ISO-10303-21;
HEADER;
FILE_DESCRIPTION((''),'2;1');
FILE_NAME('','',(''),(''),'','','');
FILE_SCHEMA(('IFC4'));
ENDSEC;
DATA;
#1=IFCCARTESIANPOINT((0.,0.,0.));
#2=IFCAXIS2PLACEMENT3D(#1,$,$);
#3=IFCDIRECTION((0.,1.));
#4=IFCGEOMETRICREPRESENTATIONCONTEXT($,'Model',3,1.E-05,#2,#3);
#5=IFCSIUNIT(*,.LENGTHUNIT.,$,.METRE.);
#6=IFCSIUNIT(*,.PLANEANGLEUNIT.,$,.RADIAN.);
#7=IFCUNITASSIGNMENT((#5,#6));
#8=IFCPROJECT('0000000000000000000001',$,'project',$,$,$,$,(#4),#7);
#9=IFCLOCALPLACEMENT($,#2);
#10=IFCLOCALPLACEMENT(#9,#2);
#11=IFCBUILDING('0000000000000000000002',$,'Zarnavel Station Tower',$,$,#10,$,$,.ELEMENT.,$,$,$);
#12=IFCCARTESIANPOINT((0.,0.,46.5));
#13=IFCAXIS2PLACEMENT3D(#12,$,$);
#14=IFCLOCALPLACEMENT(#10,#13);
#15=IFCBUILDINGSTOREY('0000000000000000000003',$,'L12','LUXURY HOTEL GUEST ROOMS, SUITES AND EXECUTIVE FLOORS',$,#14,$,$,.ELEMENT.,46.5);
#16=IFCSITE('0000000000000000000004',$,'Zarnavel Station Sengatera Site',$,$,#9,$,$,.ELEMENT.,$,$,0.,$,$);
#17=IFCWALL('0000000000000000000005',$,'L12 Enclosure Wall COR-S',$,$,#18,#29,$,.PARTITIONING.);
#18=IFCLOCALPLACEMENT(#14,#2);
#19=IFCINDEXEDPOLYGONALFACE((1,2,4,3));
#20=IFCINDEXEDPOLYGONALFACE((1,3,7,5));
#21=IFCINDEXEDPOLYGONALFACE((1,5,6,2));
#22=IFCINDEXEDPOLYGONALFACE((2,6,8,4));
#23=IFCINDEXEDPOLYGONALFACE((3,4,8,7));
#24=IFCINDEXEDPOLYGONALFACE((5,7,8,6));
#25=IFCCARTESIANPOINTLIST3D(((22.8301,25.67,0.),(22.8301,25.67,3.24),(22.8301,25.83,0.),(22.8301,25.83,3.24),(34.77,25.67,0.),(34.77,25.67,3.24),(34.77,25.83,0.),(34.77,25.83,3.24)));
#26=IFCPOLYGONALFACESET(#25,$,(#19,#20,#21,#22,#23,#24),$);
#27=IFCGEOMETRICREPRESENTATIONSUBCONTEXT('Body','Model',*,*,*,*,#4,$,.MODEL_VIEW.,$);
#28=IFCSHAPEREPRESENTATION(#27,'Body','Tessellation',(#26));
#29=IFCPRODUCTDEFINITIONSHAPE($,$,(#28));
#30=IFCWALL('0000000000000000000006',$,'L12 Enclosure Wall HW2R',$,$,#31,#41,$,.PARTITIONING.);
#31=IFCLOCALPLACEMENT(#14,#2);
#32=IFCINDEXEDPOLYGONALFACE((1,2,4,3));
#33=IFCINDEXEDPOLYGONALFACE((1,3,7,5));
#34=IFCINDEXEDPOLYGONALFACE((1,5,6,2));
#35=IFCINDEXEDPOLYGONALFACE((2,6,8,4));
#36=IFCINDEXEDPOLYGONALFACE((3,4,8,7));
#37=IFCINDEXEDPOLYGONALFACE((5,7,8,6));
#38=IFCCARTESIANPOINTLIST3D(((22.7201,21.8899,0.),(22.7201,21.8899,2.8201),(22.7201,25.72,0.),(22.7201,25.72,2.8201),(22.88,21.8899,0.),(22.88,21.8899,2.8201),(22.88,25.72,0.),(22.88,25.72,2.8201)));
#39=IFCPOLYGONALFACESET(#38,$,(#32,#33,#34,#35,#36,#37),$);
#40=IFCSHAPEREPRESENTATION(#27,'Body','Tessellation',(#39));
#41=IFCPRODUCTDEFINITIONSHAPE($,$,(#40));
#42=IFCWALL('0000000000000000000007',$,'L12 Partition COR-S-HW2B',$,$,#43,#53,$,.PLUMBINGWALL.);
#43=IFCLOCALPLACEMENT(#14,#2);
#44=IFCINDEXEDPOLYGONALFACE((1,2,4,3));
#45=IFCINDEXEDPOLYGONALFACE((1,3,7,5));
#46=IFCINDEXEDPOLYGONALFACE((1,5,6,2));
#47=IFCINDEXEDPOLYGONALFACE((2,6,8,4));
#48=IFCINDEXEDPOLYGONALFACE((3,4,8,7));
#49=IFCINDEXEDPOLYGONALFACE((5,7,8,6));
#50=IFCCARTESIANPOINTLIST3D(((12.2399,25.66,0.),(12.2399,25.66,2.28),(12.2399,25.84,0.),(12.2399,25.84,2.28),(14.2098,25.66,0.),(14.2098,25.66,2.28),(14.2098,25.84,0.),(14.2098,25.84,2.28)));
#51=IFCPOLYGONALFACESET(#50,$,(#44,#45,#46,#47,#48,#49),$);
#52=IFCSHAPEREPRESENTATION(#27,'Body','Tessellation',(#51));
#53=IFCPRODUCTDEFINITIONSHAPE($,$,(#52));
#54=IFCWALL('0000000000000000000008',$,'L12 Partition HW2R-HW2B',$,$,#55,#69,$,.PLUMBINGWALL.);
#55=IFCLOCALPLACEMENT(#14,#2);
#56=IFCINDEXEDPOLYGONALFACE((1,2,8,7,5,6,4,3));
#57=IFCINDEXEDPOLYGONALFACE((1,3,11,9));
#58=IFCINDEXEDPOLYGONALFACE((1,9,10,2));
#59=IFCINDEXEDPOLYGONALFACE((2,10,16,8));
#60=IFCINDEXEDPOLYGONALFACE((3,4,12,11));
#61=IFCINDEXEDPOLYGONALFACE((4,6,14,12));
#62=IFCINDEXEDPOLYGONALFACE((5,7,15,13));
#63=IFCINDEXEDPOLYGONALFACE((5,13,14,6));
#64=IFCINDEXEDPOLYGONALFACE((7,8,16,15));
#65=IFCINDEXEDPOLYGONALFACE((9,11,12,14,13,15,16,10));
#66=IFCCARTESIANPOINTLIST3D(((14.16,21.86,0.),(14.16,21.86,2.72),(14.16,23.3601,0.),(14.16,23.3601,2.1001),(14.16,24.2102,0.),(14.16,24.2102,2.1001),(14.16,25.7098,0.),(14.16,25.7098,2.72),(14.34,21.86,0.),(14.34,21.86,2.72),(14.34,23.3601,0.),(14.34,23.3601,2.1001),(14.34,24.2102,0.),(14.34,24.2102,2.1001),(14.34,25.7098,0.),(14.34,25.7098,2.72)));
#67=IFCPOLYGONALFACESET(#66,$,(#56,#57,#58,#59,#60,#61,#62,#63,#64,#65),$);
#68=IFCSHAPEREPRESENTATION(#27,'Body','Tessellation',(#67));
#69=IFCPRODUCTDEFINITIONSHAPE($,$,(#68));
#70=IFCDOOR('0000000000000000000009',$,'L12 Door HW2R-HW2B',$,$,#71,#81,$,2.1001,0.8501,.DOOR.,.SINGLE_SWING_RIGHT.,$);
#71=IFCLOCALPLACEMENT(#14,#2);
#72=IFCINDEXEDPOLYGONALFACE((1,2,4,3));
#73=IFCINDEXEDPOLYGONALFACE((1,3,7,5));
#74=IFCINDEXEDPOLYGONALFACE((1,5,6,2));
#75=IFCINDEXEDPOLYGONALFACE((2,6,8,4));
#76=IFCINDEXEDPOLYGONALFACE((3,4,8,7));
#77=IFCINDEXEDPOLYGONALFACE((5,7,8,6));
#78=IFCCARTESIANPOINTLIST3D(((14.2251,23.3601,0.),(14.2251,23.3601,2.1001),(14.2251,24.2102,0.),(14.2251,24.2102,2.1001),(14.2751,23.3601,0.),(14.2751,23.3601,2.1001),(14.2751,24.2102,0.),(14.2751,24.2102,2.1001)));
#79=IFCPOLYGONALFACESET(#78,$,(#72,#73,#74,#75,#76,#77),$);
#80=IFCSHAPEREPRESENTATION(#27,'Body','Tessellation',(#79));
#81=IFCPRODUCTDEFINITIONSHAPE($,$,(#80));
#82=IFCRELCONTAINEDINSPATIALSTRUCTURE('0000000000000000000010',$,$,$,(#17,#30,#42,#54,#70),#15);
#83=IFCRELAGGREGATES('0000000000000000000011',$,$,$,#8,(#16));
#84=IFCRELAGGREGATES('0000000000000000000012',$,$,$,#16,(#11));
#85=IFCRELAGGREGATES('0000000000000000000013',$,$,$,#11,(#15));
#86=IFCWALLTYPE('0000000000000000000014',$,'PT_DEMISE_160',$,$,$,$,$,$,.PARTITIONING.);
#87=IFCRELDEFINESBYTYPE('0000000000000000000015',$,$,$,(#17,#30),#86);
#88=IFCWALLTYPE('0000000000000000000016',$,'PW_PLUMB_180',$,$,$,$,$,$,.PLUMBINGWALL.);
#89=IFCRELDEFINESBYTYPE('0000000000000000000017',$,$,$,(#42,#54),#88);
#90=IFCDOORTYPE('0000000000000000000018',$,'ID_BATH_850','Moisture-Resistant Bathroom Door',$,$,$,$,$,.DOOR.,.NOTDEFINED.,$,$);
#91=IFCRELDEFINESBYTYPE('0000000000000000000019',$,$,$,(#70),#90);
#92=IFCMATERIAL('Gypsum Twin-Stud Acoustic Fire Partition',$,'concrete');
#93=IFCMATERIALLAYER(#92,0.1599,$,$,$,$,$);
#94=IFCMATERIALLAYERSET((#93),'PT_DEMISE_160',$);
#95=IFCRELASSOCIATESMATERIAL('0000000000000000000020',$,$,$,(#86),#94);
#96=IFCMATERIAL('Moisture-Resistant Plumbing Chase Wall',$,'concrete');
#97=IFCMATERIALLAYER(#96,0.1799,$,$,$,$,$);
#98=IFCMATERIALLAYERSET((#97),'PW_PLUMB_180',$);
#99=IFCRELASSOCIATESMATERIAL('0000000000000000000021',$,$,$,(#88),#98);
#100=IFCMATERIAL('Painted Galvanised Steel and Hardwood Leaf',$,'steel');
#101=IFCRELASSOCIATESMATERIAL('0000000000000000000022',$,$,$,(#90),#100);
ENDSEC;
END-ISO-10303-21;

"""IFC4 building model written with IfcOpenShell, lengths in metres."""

from ifc_helpers import new_model, si_unit, direction, frame, frame_2d, origin, place, context, subcontext, project, spatial, rectangle, extrude, material, layer, layer_set, type_object, element, fill, save


model = new_model("IFC4")

# Units and contexts
model_context = context("Model", 3, precision=1e-05, world=origin(), true_north=direction((0.0, 1.0)))
body_context = subcontext(model_context, "Body", "Model", "MODEL_VIEW")
ifc_project = project(units=[si_unit("LENGTHUNIT", "METRE"), si_unit("PLANEANGLEUNIT", "RADIAN")], contexts=[model_context])

# Site, building, storey
site_placement = place(None, origin())
site = spatial("IfcSite", under=ifc_project, at=site_placement, Name="Zarnavel Station Sengatera Site", CompositionType="ELEMENT", RefElevation=0.0)
building_placement = place(site_placement, origin())
building = spatial("IfcBuilding", under=site, at=building_placement, Name="Zarnavel Station Tower", CompositionType="ELEMENT")
storey_placement = place(building_placement, frame((0.0, 0.0, 46.5)))
storey = spatial("IfcBuildingStorey", under=building, at=storey_placement, Name="L12", Description="LUXURY HOTEL GUEST ROOMS, SUITES AND EXECUTIVE FLOORS", CompositionType="ELEMENT", Elevation=46.5)

# Shared definitions
ifc_material_1 = material(Name="Gypsum Twin-Stud Acoustic Fire Partition", Category="concrete")
ifc_layer_1 = layer(ifc_material_1, 0.1599)
ifc_layer_set_1 = layer_set([ifc_layer_1], Name="PT_DEMISE_160")
wall_type_1 = type_object("IfcWallType", Name="PT_DEMISE_160", PredefinedType="PARTITIONING", material=ifc_layer_set_1)

# Walls
wall_1_placement = place(storey_placement, frame((22.8301, 25.75, 0.0), z_axis=(0.0, 0.0, 1.0), x_axis=(1.0, 0.0, 0.0)))
element("IfcWall", 1, at=wall_1_placement, inside=storey, type_object=wall_type_1, Name="L12 Enclosure Wall COR-S", PredefinedType="PARTITIONING", context=body_context, shape_type="SweptSolid", body=[
    extrude(rectangle(XDim=11.9399, YDim=0.1599, at=frame_2d((5.97, 0.0))), origin(), (0.0, 0.0, 1.0), 3.24),
])
wall_2_placement = place(storey_placement, frame((22.8, 21.8899, 0.0), z_axis=(0.0, 0.0, 1.0), x_axis=(0.0, 1.0, 0.0)))
element("IfcWall", 2, at=wall_2_placement, inside=storey, type_object=wall_type_1, Name="L12 Enclosure Wall HW2R", PredefinedType="PARTITIONING", context=body_context, shape_type="SweptSolid", body=[
    extrude(rectangle(XDim=3.8301, YDim=0.1599, at=frame_2d((1.915, 0.0))), origin(), (0.0, 0.0, 1.0), 2.8201),
])
ifc_material_2 = material(Name="Moisture-Resistant Plumbing Chase Wall", Category="concrete")
ifc_layer_2 = layer(ifc_material_2, 0.1799)
ifc_layer_set_2 = layer_set([ifc_layer_2], Name="PW_PLUMB_180")
wall_type_2 = type_object("IfcWallType", Name="PW_PLUMB_180", PredefinedType="PLUMBINGWALL", material=ifc_layer_set_2)
wall_3_placement = place(storey_placement, frame((12.24, 25.75, 0.0), z_axis=(0.0, 0.0, 1.0), x_axis=(1.0, 0.0, 0.0)))
element("IfcWall", 3, at=wall_3_placement, inside=storey, type_object=wall_type_2, Name="L12 Partition COR-S-HW2B", PredefinedType="PLUMBINGWALL", context=body_context, shape_type="SweptSolid", body=[
    extrude(rectangle(XDim=1.97, YDim=0.1799, at=frame_2d((0.9849, 0.0))), origin(), (0.0, 0.0, 1.0), 2.28),
])

# Wall, opening, door
wall_4_placement = place(storey_placement, frame((14.25, 21.8601, 0.0), z_axis=(0.0, 0.0, 1.0), x_axis=(0.0, 1.0, 0.0)))
wall_4 = element("IfcWall", 4, at=wall_4_placement, inside=storey, type_object=wall_type_2, Name="L12 Partition HW2R-HW2B", PredefinedType="PLUMBINGWALL", context=body_context, shape_type="SweptSolid", body=[
    extrude(rectangle(XDim=3.8499, YDim=0.1799, at=frame_2d((1.9248, 0.0))), origin(), (0.0, 0.0, 1.0), 2.72),
])
opening_1_placement = place(wall_4_placement, frame((1.5, 0.0, 0.0)))
opening_1 = element("IfcOpeningElement", 5, at=opening_1_placement, cuts=wall_4, PredefinedType="OPENING", context=body_context, shape_type="SweptSolid", body=[
    extrude(rectangle(XDim=0.8501, YDim=2.1001, at=frame_2d((0.425, 1.05))), frame((0.0, 0.0999, 0.0), z_axis=(0.0, -1.0, 0.0), x_axis=(1.0, 0.0, 0.0)), (0.0, 0.0, 1.0), 0.2),
])
ifc_material_3 = material(Name="Painted Galvanised Steel and Hardwood Leaf", Category="steel")
door_type_1 = type_object("IfcDoorType", Name="ID_BATH_850", Description="Moisture-Resistant Bathroom Door", OperationType="NOTDEFINED", PredefinedType="DOOR", material=ifc_material_3)
door_1_placement = place(opening_1_placement, origin())
door_1 = element("IfcDoor", 6, at=door_1_placement, inside=storey, type_object=door_type_1, Name="L12 Door HW2R-HW2B", OperationType="SINGLE_SWING_RIGHT", OverallHeight=2.1001, OverallWidth=0.8501, PredefinedType="DOOR", context=body_context, shape_type="SweptSolid", body=[
    extrude(rectangle(XDim=0.8501, YDim=2.1001, at=frame_2d((0.425, 1.05))), frame((0.0, 0.0249, 0.0), z_axis=(0.0, -1.0, 0.0), x_axis=(1.0, 0.0, 0.0)), (0.0, 0.0, 1.0), 0.05),
])
fill(opening_1, door_1)

save(model, "model.ifc")
